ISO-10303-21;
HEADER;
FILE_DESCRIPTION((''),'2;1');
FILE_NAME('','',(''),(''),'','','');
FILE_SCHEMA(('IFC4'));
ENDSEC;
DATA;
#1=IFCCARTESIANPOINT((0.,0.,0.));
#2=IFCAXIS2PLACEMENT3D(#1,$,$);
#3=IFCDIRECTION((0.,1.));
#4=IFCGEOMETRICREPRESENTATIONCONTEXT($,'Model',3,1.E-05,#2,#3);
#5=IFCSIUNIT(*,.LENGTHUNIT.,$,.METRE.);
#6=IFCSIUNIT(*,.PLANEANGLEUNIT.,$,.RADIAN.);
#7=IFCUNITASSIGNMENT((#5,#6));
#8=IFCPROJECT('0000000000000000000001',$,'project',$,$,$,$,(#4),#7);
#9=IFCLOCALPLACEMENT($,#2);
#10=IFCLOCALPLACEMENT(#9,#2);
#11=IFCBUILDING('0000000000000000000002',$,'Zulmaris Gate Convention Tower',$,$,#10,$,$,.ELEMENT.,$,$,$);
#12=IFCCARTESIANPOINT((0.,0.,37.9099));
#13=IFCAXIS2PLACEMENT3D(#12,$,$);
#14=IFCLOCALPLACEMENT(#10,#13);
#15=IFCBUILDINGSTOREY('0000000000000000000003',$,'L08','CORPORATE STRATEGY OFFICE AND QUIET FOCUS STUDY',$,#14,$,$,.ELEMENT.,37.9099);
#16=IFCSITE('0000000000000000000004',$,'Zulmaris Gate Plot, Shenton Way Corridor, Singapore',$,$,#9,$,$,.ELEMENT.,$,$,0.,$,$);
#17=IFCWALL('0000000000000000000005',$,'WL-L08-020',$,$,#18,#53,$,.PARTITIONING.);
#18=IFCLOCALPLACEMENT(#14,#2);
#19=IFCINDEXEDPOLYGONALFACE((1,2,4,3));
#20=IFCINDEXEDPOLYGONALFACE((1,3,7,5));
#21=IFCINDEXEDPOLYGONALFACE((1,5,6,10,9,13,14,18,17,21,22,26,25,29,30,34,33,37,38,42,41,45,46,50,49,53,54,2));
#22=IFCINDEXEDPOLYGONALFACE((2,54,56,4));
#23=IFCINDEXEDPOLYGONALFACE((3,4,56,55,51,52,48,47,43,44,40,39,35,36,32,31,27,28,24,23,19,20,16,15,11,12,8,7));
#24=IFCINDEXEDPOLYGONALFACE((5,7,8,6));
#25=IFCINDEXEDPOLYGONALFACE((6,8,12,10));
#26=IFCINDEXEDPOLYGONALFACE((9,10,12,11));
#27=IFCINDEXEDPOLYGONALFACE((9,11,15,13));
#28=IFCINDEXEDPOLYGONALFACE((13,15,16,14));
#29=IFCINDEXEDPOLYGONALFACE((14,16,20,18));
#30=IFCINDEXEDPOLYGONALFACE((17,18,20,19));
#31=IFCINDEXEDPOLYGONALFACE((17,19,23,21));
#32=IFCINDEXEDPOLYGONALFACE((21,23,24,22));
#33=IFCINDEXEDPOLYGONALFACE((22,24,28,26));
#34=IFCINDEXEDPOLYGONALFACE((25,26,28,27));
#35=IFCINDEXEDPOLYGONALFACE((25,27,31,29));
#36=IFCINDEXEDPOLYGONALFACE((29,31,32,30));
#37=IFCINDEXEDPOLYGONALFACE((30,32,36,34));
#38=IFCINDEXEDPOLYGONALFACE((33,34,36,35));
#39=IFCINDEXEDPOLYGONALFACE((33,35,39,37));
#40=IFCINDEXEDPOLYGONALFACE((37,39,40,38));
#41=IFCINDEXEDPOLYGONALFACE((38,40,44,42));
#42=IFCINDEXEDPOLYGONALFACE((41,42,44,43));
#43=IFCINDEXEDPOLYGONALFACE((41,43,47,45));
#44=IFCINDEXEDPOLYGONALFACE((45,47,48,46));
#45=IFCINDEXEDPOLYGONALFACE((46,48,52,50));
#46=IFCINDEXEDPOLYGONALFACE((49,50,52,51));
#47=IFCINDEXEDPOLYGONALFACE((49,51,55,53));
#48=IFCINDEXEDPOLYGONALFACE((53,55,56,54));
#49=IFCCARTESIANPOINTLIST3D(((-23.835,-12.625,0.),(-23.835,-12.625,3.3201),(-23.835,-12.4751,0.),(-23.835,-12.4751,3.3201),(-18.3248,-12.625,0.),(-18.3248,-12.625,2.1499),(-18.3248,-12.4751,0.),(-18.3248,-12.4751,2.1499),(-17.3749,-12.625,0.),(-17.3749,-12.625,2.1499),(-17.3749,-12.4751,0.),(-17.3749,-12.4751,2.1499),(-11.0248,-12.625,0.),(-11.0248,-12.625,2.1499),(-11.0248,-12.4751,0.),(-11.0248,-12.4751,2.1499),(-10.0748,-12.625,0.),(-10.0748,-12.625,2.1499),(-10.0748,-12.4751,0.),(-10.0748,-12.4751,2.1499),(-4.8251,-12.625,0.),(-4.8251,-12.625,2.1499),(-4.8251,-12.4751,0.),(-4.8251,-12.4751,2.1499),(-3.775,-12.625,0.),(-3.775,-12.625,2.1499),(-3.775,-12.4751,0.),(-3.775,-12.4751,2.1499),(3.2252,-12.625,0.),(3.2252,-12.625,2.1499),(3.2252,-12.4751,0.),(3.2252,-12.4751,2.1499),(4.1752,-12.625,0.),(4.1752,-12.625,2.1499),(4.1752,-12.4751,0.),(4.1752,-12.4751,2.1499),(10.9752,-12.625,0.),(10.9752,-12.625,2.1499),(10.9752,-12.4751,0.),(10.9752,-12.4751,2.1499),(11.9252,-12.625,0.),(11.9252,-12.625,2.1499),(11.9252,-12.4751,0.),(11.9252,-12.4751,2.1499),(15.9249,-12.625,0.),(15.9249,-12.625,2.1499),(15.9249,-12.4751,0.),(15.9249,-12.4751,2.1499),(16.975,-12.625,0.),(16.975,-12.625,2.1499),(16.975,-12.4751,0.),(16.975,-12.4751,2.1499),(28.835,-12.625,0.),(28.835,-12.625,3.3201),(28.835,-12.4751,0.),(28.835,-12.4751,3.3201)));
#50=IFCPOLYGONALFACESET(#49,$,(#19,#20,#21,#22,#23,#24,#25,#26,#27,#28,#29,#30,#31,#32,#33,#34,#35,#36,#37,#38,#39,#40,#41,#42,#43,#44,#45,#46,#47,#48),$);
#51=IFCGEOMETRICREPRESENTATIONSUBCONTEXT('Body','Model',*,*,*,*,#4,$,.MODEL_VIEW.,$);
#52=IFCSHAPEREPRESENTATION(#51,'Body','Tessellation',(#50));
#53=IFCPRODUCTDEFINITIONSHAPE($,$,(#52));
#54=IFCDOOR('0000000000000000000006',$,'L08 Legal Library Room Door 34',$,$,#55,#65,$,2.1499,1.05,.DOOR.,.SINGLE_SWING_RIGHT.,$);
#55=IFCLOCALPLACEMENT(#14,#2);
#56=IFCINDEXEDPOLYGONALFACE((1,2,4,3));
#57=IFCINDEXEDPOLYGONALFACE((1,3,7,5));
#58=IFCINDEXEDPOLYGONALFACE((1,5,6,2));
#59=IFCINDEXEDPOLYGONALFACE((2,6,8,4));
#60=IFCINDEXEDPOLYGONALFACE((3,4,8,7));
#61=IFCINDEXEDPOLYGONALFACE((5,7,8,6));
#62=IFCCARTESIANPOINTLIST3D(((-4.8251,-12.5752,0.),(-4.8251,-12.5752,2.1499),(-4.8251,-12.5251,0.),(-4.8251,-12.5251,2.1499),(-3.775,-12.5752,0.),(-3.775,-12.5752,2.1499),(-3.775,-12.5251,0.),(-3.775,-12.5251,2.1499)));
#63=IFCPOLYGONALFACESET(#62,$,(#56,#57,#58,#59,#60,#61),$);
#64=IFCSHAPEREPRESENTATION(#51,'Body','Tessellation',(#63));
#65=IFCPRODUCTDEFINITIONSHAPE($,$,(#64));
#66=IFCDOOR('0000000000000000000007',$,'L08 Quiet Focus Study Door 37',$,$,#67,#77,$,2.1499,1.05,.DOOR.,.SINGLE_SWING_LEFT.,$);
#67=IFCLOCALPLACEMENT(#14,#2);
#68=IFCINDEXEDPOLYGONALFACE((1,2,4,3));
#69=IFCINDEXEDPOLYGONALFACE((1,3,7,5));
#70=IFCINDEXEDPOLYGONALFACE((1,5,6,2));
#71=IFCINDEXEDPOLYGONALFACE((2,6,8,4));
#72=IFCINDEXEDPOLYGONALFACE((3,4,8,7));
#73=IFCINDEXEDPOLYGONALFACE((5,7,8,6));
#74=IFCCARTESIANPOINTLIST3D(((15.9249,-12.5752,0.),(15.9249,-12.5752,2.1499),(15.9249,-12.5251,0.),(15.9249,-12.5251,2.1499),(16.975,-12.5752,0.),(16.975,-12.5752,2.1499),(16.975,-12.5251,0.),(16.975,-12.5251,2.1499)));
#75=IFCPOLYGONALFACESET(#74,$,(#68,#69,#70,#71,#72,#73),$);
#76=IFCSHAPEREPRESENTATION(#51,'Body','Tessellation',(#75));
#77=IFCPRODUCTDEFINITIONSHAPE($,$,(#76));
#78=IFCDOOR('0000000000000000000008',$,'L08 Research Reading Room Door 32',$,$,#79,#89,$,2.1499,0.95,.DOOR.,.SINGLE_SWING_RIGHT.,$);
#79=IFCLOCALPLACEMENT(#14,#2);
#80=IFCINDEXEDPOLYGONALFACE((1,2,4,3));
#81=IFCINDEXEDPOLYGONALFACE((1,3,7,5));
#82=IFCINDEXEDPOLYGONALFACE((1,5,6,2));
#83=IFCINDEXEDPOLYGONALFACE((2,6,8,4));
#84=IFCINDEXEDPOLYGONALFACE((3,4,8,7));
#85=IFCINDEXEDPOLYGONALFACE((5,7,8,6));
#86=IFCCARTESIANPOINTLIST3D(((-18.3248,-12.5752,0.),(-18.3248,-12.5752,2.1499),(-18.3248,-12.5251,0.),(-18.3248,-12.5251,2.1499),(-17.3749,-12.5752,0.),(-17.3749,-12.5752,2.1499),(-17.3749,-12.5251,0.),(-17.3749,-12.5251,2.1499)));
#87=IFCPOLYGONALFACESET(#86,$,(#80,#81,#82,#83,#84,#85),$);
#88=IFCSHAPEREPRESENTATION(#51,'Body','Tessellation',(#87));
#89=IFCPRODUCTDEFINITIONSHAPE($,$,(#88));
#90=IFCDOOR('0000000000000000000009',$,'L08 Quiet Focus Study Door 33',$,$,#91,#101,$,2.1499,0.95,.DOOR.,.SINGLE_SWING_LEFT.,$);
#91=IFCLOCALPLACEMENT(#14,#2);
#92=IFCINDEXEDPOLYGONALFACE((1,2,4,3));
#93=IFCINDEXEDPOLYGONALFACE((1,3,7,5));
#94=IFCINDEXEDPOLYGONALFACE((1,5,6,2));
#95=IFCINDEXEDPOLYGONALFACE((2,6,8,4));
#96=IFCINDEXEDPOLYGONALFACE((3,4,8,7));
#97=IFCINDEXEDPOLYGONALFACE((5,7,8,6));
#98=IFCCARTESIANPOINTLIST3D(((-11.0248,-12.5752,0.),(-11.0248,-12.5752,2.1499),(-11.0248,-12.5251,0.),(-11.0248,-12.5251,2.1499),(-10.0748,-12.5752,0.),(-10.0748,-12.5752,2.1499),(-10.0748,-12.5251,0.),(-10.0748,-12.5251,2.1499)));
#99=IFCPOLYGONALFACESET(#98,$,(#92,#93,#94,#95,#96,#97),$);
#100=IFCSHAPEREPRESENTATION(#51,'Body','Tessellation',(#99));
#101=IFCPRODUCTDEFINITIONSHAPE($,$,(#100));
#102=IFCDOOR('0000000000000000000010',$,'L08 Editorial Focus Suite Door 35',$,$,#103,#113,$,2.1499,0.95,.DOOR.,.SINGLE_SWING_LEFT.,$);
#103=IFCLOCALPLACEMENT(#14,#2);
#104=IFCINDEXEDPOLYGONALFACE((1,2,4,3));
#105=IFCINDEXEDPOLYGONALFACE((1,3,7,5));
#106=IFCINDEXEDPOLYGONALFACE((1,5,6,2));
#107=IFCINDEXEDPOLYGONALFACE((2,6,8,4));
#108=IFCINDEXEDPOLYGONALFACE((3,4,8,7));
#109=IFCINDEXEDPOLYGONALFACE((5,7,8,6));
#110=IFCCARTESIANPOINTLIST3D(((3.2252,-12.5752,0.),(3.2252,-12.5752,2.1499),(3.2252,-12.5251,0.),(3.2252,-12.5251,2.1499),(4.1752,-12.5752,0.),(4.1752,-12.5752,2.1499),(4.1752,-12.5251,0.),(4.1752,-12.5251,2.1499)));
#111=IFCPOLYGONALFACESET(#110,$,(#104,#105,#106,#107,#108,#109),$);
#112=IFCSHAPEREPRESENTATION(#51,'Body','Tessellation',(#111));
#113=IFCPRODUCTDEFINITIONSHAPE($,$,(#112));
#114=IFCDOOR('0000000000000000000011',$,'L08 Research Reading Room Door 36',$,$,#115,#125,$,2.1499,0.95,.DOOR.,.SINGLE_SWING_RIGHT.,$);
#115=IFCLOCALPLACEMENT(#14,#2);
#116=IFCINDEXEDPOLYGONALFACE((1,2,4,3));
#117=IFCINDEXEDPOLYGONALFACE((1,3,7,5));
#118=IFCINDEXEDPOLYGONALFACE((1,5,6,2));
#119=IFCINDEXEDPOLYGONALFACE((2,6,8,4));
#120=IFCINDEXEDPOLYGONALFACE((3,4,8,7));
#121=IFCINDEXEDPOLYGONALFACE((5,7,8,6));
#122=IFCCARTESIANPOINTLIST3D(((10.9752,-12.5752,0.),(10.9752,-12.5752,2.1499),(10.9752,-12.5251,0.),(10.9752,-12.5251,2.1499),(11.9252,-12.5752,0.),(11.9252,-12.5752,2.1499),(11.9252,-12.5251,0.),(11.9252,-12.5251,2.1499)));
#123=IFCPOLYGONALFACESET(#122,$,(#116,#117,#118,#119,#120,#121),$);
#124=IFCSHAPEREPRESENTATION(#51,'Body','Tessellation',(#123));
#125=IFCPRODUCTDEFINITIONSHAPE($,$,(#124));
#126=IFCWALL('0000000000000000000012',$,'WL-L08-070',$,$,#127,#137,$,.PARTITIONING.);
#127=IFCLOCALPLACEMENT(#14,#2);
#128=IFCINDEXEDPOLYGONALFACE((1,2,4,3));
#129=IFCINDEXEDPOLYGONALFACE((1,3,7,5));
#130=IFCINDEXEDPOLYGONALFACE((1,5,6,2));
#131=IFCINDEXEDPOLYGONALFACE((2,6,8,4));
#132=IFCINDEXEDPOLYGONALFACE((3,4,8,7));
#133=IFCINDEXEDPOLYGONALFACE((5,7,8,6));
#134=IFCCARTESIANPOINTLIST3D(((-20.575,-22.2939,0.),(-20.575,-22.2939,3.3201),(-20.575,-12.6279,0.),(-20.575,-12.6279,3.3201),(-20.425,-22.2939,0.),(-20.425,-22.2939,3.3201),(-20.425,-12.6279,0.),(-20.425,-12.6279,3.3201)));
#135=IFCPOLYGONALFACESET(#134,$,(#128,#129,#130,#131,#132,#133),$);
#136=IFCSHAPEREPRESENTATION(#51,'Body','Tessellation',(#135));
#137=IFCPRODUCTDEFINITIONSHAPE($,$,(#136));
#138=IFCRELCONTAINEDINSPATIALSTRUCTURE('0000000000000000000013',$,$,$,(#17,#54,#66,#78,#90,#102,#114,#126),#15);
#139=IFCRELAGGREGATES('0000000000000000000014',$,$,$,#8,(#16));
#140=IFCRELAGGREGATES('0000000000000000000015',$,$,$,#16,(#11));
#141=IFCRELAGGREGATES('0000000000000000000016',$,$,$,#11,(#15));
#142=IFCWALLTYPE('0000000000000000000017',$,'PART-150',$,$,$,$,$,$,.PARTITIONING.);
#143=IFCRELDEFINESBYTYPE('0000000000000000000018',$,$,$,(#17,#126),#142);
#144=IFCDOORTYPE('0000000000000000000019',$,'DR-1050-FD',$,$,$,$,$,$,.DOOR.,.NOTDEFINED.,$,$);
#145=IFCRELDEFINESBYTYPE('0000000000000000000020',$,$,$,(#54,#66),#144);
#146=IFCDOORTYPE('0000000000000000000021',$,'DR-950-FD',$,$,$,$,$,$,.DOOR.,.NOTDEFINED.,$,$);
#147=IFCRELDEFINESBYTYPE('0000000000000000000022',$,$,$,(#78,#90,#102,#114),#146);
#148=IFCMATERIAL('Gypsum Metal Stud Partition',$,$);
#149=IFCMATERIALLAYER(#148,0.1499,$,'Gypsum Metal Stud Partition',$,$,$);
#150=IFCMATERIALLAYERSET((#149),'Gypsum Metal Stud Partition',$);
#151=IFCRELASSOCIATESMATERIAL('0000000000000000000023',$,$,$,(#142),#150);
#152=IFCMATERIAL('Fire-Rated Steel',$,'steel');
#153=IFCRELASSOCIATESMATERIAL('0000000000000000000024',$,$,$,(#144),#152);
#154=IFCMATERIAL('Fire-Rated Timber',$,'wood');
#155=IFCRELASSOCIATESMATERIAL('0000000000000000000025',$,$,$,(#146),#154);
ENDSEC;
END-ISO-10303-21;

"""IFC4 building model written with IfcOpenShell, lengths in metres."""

from ifc_helpers import new_model, si_unit, direction, frame, frame_2d, origin, place, context, subcontext, project, spatial, rectangle, extrude, material, layer, layer_set, type_object, element, fill, save


model = new_model("IFC4")

# Units and contexts
model_context = context("Model", 3, precision=1e-05, world=origin(), true_north=direction((0.0, 1.0)))
body_context = subcontext(model_context, "Body", "Model", "MODEL_VIEW")
ifc_project = project(units=[si_unit("LENGTHUNIT", "METRE"), si_unit("PLANEANGLEUNIT", "RADIAN")], contexts=[model_context])

# Site, building, storey
site_placement = place(None, origin())
site = spatial("IfcSite", under=ifc_project, at=site_placement, Name="Zulmaris Gate Plot, Shenton Way Corridor, Singapore", CompositionType="ELEMENT", RefElevation=0.0)
building_placement = place(site_placement, origin())
building = spatial("IfcBuilding", under=site, at=building_placement, Name="Zulmaris Gate Convention Tower", CompositionType="ELEMENT")
storey_placement = place(building_placement, frame((0.0, 0.0, 37.9099)))
storey = spatial("IfcBuildingStorey", under=building, at=storey_placement, Name="L08", Description="CORPORATE STRATEGY OFFICE AND QUIET FOCUS STUDY", CompositionType="ELEMENT", Elevation=37.9099)

# Wall, openings, doors
ifc_material_1 = material(Name="Gypsum Metal Stud Partition")
ifc_layer_1 = layer(ifc_material_1, 0.1499, Name="Gypsum Metal Stud Partition")
ifc_layer_set_1 = layer_set([ifc_layer_1], Name="Gypsum Metal Stud Partition")
wall_type_1 = type_object("IfcWallType", Name="PART-150", PredefinedType="PARTITIONING", material=ifc_layer_set_1)
wall_1_placement = place(storey_placement, frame((-23.835, -12.55, 0.0), z_axis=(0.0, 0.0, 1.0), x_axis=(1.0, 0.0, 0.0)))
wall_1 = element("IfcWall", 1, at=wall_1_placement, inside=storey, type_object=wall_type_1, Name="WL-L08-020", PredefinedType="PARTITIONING", context=body_context, shape_type="SweptSolid", body=[
    extrude(rectangle(XDim=52.6699, YDim=0.1499, at=frame_2d((26.335, 0.0))), origin(), (0.0, 0.0, 1.0), 3.3201),
])
opening_1_placement = place(wall_1_placement, frame((5.51, 0.0, 0.0)))
opening_1 = element("IfcOpeningElement", 2, at=opening_1_placement, cuts=wall_1, PredefinedType="OPENING", context=body_context, shape_type="SweptSolid", body=[
    extrude(rectangle(XDim=0.95, YDim=2.1499, at=frame_2d((0.4751, 1.075))), frame((0.0, 0.085, 0.0), z_axis=(0.0, -1.0, 0.0), x_axis=(1.0, 0.0, 0.0)), (0.0, 0.0, 1.0), 0.1699),
])
opening_2_placement = place(wall_1_placement, frame((12.8101, 0.0, 0.0)))
opening_2 = element("IfcOpeningElement", 3, at=opening_2_placement, cuts=wall_1, PredefinedType="OPENING", context=body_context, shape_type="SweptSolid", body=[
    extrude(rectangle(XDim=0.95, YDim=2.1499, at=frame_2d((0.4751, 1.075))), frame((0.0, 0.085, 0.0), z_axis=(0.0, -1.0, 0.0), x_axis=(1.0, 0.0, 0.0)), (0.0, 0.0, 1.0), 0.1699),
])
opening_3_placement = place(wall_1_placement, frame((19.01, 0.0, 0.0)))
opening_3 = element("IfcOpeningElement", 4, at=opening_3_placement, cuts=wall_1, PredefinedType="OPENING", context=body_context, shape_type="SweptSolid", body=[
    extrude(rectangle(XDim=1.05, YDim=2.1499, at=frame_2d((0.5249, 1.075))), frame((0.0, 0.085, 0.0), z_axis=(0.0, -1.0, 0.0), x_axis=(1.0, 0.0, 0.0)), (0.0, 0.0, 1.0), 0.1699),
])
opening_4_placement = place(wall_1_placement, frame((27.0601, 0.0, 0.0)))
opening_4 = element("IfcOpeningElement", 5, at=opening_4_placement, cuts=wall_1, PredefinedType="OPENING", context=body_context, shape_type="SweptSolid", body=[
    extrude(rectangle(XDim=0.95, YDim=2.1499, at=frame_2d((0.4751, 1.075))), frame((0.0, 0.085, 0.0), z_axis=(0.0, -1.0, 0.0), x_axis=(1.0, 0.0, 0.0)), (0.0, 0.0, 1.0), 0.1699),
])
opening_5_placement = place(wall_1_placement, frame((34.8101, 0.0, 0.0)))
opening_5 = element("IfcOpeningElement", 6, at=opening_5_placement, cuts=wall_1, PredefinedType="OPENING", context=body_context, shape_type="SweptSolid", body=[
    extrude(rectangle(XDim=0.95, YDim=2.1499, at=frame_2d((0.4751, 1.075))), frame((0.0, 0.085, 0.0), z_axis=(0.0, -1.0, 0.0), x_axis=(1.0, 0.0, 0.0)), (0.0, 0.0, 1.0), 0.1699),
])
opening_6_placement = place(wall_1_placement, frame((39.76, 0.0, 0.0)))
opening_6 = element("IfcOpeningElement", 7, at=opening_6_placement, cuts=wall_1, PredefinedType="OPENING", context=body_context, shape_type="SweptSolid", body=[
    extrude(rectangle(XDim=1.05, YDim=2.1499, at=frame_2d((0.5249, 1.075))), frame((0.0, 0.085, 0.0), z_axis=(0.0, -1.0, 0.0), x_axis=(1.0, 0.0, 0.0)), (0.0, 0.0, 1.0), 0.1699),
])
ifc_material_2 = material(Name="Fire-Rated Steel", Category="steel")
door_type_1 = type_object("IfcDoorType", Name="DR-1050-FD", OperationType="NOTDEFINED", PredefinedType="DOOR", material=ifc_material_2)
door_1_placement = place(opening_3_placement, origin())
door_1 = element("IfcDoor", 8, at=door_1_placement, inside=storey, type_object=door_type_1, Name="L08 Legal Library Room Door 34", OperationType="SINGLE_SWING_RIGHT", OverallHeight=2.1499, OverallWidth=1.05, PredefinedType="DOOR", context=body_context, shape_type="SweptSolid", body=[
    extrude(rectangle(XDim=1.05, YDim=2.1499, at=frame_2d((0.5249, 1.075))), frame((0.0, 0.0249, 0.0), z_axis=(0.0, -1.0, 0.0), x_axis=(1.0, 0.0, 0.0)), (0.0, 0.0, 1.0), 0.05),
])
fill(opening_3, door_1)
door_2_placement = place(opening_6_placement, origin())
door_2 = element("IfcDoor", 9, at=door_2_placement, inside=storey, type_object=door_type_1, Name="L08 Quiet Focus Study Door 37", OperationType="SINGLE_SWING_LEFT", OverallHeight=2.1499, OverallWidth=1.05, PredefinedType="DOOR", context=body_context, shape_type="SweptSolid", body=[
    extrude(rectangle(XDim=1.05, YDim=2.1499, at=frame_2d((0.5249, 1.075))), frame((0.0, 0.0249, 0.0), z_axis=(0.0, -1.0, 0.0), x_axis=(1.0, 0.0, 0.0)), (0.0, 0.0, 1.0), 0.05),
])
fill(opening_6, door_2)
ifc_material_3 = material(Name="Fire-Rated Timber", Category="wood")
door_type_2 = type_object("IfcDoorType", Name="DR-950-FD", OperationType="NOTDEFINED", PredefinedType="DOOR", material=ifc_material_3)
door_3_placement = place(opening_1_placement, origin())
door_3 = element("IfcDoor", 10, at=door_3_placement, inside=storey, type_object=door_type_2, Name="L08 Research Reading Room Door 32", OperationType="SINGLE_SWING_RIGHT", OverallHeight=2.1499, OverallWidth=0.95, PredefinedType="DOOR", context=body_context, shape_type="SweptSolid", body=[
    extrude(rectangle(XDim=0.95, YDim=2.1499, at=frame_2d((0.4751, 1.075))), frame((0.0, 0.0249, 0.0), z_axis=(0.0, -1.0, 0.0), x_axis=(1.0, 0.0, 0.0)), (0.0, 0.0, 1.0), 0.05),
])
fill(opening_1, door_3)
door_4_placement = place(opening_2_placement, origin())
door_4 = element("IfcDoor", 11, at=door_4_placement, inside=storey, type_object=door_type_2, Name="L08 Quiet Focus Study Door 33", OperationType="SINGLE_SWING_LEFT", OverallHeight=2.1499, OverallWidth=0.95, PredefinedType="DOOR", context=body_context, shape_type="SweptSolid", body=[
    extrude(rectangle(XDim=0.95, YDim=2.1499, at=frame_2d((0.4751, 1.075))), frame((0.0, 0.0249, 0.0), z_axis=(0.0, -1.0, 0.0), x_axis=(1.0, 0.0, 0.0)), (0.0, 0.0, 1.0), 0.05),
])
fill(opening_2, door_4)
door_5_placement = place(opening_4_placement, origin())
door_5 = element("IfcDoor", 12, at=door_5_placement, inside=storey, type_object=door_type_2, Name="L08 Editorial Focus Suite Door 35", OperationType="SINGLE_SWING_LEFT", OverallHeight=2.1499, OverallWidth=0.95, PredefinedType="DOOR", context=body_context, shape_type="SweptSolid", body=[
    extrude(rectangle(XDim=0.95, YDim=2.1499, at=frame_2d((0.4751, 1.075))), frame((0.0, 0.0249, 0.0), z_axis=(0.0, -1.0, 0.0), x_axis=(1.0, 0.0, 0.0)), (0.0, 0.0, 1.0), 0.05),
])
fill(opening_4, door_5)
door_6_placement = place(opening_5_placement, origin())
door_6 = element("IfcDoor", 13, at=door_6_placement, inside=storey, type_object=door_type_2, Name="L08 Research Reading Room Door 36", OperationType="SINGLE_SWING_RIGHT", OverallHeight=2.1499, OverallWidth=0.95, PredefinedType="DOOR", context=body_context, shape_type="SweptSolid", body=[
    extrude(rectangle(XDim=0.95, YDim=2.1499, at=frame_2d((0.4751, 1.075))), frame((0.0, 0.0249, 0.0), z_axis=(0.0, -1.0, 0.0), x_axis=(1.0, 0.0, 0.0)), (0.0, 0.0, 1.0), 0.05),
])
fill(opening_5, door_6)

# Wall
wall_2_placement = place(storey_placement, frame((-20.5, -22.2939, 0.0), z_axis=(0.0, 0.0, 1.0), x_axis=(0.0, 1.0, 0.0)))
element("IfcWall", 14, at=wall_2_placement, inside=storey, type_object=wall_type_1, Name="WL-L08-070", PredefinedType="PARTITIONING", context=body_context, shape_type="SweptSolid", body=[
    extrude(rectangle(XDim=9.666, YDim=0.1499, at=frame_2d((4.833, 0.0))), origin(), (0.0, 0.0, 1.0), 3.3201),
])

save(model, "model.ifc")
